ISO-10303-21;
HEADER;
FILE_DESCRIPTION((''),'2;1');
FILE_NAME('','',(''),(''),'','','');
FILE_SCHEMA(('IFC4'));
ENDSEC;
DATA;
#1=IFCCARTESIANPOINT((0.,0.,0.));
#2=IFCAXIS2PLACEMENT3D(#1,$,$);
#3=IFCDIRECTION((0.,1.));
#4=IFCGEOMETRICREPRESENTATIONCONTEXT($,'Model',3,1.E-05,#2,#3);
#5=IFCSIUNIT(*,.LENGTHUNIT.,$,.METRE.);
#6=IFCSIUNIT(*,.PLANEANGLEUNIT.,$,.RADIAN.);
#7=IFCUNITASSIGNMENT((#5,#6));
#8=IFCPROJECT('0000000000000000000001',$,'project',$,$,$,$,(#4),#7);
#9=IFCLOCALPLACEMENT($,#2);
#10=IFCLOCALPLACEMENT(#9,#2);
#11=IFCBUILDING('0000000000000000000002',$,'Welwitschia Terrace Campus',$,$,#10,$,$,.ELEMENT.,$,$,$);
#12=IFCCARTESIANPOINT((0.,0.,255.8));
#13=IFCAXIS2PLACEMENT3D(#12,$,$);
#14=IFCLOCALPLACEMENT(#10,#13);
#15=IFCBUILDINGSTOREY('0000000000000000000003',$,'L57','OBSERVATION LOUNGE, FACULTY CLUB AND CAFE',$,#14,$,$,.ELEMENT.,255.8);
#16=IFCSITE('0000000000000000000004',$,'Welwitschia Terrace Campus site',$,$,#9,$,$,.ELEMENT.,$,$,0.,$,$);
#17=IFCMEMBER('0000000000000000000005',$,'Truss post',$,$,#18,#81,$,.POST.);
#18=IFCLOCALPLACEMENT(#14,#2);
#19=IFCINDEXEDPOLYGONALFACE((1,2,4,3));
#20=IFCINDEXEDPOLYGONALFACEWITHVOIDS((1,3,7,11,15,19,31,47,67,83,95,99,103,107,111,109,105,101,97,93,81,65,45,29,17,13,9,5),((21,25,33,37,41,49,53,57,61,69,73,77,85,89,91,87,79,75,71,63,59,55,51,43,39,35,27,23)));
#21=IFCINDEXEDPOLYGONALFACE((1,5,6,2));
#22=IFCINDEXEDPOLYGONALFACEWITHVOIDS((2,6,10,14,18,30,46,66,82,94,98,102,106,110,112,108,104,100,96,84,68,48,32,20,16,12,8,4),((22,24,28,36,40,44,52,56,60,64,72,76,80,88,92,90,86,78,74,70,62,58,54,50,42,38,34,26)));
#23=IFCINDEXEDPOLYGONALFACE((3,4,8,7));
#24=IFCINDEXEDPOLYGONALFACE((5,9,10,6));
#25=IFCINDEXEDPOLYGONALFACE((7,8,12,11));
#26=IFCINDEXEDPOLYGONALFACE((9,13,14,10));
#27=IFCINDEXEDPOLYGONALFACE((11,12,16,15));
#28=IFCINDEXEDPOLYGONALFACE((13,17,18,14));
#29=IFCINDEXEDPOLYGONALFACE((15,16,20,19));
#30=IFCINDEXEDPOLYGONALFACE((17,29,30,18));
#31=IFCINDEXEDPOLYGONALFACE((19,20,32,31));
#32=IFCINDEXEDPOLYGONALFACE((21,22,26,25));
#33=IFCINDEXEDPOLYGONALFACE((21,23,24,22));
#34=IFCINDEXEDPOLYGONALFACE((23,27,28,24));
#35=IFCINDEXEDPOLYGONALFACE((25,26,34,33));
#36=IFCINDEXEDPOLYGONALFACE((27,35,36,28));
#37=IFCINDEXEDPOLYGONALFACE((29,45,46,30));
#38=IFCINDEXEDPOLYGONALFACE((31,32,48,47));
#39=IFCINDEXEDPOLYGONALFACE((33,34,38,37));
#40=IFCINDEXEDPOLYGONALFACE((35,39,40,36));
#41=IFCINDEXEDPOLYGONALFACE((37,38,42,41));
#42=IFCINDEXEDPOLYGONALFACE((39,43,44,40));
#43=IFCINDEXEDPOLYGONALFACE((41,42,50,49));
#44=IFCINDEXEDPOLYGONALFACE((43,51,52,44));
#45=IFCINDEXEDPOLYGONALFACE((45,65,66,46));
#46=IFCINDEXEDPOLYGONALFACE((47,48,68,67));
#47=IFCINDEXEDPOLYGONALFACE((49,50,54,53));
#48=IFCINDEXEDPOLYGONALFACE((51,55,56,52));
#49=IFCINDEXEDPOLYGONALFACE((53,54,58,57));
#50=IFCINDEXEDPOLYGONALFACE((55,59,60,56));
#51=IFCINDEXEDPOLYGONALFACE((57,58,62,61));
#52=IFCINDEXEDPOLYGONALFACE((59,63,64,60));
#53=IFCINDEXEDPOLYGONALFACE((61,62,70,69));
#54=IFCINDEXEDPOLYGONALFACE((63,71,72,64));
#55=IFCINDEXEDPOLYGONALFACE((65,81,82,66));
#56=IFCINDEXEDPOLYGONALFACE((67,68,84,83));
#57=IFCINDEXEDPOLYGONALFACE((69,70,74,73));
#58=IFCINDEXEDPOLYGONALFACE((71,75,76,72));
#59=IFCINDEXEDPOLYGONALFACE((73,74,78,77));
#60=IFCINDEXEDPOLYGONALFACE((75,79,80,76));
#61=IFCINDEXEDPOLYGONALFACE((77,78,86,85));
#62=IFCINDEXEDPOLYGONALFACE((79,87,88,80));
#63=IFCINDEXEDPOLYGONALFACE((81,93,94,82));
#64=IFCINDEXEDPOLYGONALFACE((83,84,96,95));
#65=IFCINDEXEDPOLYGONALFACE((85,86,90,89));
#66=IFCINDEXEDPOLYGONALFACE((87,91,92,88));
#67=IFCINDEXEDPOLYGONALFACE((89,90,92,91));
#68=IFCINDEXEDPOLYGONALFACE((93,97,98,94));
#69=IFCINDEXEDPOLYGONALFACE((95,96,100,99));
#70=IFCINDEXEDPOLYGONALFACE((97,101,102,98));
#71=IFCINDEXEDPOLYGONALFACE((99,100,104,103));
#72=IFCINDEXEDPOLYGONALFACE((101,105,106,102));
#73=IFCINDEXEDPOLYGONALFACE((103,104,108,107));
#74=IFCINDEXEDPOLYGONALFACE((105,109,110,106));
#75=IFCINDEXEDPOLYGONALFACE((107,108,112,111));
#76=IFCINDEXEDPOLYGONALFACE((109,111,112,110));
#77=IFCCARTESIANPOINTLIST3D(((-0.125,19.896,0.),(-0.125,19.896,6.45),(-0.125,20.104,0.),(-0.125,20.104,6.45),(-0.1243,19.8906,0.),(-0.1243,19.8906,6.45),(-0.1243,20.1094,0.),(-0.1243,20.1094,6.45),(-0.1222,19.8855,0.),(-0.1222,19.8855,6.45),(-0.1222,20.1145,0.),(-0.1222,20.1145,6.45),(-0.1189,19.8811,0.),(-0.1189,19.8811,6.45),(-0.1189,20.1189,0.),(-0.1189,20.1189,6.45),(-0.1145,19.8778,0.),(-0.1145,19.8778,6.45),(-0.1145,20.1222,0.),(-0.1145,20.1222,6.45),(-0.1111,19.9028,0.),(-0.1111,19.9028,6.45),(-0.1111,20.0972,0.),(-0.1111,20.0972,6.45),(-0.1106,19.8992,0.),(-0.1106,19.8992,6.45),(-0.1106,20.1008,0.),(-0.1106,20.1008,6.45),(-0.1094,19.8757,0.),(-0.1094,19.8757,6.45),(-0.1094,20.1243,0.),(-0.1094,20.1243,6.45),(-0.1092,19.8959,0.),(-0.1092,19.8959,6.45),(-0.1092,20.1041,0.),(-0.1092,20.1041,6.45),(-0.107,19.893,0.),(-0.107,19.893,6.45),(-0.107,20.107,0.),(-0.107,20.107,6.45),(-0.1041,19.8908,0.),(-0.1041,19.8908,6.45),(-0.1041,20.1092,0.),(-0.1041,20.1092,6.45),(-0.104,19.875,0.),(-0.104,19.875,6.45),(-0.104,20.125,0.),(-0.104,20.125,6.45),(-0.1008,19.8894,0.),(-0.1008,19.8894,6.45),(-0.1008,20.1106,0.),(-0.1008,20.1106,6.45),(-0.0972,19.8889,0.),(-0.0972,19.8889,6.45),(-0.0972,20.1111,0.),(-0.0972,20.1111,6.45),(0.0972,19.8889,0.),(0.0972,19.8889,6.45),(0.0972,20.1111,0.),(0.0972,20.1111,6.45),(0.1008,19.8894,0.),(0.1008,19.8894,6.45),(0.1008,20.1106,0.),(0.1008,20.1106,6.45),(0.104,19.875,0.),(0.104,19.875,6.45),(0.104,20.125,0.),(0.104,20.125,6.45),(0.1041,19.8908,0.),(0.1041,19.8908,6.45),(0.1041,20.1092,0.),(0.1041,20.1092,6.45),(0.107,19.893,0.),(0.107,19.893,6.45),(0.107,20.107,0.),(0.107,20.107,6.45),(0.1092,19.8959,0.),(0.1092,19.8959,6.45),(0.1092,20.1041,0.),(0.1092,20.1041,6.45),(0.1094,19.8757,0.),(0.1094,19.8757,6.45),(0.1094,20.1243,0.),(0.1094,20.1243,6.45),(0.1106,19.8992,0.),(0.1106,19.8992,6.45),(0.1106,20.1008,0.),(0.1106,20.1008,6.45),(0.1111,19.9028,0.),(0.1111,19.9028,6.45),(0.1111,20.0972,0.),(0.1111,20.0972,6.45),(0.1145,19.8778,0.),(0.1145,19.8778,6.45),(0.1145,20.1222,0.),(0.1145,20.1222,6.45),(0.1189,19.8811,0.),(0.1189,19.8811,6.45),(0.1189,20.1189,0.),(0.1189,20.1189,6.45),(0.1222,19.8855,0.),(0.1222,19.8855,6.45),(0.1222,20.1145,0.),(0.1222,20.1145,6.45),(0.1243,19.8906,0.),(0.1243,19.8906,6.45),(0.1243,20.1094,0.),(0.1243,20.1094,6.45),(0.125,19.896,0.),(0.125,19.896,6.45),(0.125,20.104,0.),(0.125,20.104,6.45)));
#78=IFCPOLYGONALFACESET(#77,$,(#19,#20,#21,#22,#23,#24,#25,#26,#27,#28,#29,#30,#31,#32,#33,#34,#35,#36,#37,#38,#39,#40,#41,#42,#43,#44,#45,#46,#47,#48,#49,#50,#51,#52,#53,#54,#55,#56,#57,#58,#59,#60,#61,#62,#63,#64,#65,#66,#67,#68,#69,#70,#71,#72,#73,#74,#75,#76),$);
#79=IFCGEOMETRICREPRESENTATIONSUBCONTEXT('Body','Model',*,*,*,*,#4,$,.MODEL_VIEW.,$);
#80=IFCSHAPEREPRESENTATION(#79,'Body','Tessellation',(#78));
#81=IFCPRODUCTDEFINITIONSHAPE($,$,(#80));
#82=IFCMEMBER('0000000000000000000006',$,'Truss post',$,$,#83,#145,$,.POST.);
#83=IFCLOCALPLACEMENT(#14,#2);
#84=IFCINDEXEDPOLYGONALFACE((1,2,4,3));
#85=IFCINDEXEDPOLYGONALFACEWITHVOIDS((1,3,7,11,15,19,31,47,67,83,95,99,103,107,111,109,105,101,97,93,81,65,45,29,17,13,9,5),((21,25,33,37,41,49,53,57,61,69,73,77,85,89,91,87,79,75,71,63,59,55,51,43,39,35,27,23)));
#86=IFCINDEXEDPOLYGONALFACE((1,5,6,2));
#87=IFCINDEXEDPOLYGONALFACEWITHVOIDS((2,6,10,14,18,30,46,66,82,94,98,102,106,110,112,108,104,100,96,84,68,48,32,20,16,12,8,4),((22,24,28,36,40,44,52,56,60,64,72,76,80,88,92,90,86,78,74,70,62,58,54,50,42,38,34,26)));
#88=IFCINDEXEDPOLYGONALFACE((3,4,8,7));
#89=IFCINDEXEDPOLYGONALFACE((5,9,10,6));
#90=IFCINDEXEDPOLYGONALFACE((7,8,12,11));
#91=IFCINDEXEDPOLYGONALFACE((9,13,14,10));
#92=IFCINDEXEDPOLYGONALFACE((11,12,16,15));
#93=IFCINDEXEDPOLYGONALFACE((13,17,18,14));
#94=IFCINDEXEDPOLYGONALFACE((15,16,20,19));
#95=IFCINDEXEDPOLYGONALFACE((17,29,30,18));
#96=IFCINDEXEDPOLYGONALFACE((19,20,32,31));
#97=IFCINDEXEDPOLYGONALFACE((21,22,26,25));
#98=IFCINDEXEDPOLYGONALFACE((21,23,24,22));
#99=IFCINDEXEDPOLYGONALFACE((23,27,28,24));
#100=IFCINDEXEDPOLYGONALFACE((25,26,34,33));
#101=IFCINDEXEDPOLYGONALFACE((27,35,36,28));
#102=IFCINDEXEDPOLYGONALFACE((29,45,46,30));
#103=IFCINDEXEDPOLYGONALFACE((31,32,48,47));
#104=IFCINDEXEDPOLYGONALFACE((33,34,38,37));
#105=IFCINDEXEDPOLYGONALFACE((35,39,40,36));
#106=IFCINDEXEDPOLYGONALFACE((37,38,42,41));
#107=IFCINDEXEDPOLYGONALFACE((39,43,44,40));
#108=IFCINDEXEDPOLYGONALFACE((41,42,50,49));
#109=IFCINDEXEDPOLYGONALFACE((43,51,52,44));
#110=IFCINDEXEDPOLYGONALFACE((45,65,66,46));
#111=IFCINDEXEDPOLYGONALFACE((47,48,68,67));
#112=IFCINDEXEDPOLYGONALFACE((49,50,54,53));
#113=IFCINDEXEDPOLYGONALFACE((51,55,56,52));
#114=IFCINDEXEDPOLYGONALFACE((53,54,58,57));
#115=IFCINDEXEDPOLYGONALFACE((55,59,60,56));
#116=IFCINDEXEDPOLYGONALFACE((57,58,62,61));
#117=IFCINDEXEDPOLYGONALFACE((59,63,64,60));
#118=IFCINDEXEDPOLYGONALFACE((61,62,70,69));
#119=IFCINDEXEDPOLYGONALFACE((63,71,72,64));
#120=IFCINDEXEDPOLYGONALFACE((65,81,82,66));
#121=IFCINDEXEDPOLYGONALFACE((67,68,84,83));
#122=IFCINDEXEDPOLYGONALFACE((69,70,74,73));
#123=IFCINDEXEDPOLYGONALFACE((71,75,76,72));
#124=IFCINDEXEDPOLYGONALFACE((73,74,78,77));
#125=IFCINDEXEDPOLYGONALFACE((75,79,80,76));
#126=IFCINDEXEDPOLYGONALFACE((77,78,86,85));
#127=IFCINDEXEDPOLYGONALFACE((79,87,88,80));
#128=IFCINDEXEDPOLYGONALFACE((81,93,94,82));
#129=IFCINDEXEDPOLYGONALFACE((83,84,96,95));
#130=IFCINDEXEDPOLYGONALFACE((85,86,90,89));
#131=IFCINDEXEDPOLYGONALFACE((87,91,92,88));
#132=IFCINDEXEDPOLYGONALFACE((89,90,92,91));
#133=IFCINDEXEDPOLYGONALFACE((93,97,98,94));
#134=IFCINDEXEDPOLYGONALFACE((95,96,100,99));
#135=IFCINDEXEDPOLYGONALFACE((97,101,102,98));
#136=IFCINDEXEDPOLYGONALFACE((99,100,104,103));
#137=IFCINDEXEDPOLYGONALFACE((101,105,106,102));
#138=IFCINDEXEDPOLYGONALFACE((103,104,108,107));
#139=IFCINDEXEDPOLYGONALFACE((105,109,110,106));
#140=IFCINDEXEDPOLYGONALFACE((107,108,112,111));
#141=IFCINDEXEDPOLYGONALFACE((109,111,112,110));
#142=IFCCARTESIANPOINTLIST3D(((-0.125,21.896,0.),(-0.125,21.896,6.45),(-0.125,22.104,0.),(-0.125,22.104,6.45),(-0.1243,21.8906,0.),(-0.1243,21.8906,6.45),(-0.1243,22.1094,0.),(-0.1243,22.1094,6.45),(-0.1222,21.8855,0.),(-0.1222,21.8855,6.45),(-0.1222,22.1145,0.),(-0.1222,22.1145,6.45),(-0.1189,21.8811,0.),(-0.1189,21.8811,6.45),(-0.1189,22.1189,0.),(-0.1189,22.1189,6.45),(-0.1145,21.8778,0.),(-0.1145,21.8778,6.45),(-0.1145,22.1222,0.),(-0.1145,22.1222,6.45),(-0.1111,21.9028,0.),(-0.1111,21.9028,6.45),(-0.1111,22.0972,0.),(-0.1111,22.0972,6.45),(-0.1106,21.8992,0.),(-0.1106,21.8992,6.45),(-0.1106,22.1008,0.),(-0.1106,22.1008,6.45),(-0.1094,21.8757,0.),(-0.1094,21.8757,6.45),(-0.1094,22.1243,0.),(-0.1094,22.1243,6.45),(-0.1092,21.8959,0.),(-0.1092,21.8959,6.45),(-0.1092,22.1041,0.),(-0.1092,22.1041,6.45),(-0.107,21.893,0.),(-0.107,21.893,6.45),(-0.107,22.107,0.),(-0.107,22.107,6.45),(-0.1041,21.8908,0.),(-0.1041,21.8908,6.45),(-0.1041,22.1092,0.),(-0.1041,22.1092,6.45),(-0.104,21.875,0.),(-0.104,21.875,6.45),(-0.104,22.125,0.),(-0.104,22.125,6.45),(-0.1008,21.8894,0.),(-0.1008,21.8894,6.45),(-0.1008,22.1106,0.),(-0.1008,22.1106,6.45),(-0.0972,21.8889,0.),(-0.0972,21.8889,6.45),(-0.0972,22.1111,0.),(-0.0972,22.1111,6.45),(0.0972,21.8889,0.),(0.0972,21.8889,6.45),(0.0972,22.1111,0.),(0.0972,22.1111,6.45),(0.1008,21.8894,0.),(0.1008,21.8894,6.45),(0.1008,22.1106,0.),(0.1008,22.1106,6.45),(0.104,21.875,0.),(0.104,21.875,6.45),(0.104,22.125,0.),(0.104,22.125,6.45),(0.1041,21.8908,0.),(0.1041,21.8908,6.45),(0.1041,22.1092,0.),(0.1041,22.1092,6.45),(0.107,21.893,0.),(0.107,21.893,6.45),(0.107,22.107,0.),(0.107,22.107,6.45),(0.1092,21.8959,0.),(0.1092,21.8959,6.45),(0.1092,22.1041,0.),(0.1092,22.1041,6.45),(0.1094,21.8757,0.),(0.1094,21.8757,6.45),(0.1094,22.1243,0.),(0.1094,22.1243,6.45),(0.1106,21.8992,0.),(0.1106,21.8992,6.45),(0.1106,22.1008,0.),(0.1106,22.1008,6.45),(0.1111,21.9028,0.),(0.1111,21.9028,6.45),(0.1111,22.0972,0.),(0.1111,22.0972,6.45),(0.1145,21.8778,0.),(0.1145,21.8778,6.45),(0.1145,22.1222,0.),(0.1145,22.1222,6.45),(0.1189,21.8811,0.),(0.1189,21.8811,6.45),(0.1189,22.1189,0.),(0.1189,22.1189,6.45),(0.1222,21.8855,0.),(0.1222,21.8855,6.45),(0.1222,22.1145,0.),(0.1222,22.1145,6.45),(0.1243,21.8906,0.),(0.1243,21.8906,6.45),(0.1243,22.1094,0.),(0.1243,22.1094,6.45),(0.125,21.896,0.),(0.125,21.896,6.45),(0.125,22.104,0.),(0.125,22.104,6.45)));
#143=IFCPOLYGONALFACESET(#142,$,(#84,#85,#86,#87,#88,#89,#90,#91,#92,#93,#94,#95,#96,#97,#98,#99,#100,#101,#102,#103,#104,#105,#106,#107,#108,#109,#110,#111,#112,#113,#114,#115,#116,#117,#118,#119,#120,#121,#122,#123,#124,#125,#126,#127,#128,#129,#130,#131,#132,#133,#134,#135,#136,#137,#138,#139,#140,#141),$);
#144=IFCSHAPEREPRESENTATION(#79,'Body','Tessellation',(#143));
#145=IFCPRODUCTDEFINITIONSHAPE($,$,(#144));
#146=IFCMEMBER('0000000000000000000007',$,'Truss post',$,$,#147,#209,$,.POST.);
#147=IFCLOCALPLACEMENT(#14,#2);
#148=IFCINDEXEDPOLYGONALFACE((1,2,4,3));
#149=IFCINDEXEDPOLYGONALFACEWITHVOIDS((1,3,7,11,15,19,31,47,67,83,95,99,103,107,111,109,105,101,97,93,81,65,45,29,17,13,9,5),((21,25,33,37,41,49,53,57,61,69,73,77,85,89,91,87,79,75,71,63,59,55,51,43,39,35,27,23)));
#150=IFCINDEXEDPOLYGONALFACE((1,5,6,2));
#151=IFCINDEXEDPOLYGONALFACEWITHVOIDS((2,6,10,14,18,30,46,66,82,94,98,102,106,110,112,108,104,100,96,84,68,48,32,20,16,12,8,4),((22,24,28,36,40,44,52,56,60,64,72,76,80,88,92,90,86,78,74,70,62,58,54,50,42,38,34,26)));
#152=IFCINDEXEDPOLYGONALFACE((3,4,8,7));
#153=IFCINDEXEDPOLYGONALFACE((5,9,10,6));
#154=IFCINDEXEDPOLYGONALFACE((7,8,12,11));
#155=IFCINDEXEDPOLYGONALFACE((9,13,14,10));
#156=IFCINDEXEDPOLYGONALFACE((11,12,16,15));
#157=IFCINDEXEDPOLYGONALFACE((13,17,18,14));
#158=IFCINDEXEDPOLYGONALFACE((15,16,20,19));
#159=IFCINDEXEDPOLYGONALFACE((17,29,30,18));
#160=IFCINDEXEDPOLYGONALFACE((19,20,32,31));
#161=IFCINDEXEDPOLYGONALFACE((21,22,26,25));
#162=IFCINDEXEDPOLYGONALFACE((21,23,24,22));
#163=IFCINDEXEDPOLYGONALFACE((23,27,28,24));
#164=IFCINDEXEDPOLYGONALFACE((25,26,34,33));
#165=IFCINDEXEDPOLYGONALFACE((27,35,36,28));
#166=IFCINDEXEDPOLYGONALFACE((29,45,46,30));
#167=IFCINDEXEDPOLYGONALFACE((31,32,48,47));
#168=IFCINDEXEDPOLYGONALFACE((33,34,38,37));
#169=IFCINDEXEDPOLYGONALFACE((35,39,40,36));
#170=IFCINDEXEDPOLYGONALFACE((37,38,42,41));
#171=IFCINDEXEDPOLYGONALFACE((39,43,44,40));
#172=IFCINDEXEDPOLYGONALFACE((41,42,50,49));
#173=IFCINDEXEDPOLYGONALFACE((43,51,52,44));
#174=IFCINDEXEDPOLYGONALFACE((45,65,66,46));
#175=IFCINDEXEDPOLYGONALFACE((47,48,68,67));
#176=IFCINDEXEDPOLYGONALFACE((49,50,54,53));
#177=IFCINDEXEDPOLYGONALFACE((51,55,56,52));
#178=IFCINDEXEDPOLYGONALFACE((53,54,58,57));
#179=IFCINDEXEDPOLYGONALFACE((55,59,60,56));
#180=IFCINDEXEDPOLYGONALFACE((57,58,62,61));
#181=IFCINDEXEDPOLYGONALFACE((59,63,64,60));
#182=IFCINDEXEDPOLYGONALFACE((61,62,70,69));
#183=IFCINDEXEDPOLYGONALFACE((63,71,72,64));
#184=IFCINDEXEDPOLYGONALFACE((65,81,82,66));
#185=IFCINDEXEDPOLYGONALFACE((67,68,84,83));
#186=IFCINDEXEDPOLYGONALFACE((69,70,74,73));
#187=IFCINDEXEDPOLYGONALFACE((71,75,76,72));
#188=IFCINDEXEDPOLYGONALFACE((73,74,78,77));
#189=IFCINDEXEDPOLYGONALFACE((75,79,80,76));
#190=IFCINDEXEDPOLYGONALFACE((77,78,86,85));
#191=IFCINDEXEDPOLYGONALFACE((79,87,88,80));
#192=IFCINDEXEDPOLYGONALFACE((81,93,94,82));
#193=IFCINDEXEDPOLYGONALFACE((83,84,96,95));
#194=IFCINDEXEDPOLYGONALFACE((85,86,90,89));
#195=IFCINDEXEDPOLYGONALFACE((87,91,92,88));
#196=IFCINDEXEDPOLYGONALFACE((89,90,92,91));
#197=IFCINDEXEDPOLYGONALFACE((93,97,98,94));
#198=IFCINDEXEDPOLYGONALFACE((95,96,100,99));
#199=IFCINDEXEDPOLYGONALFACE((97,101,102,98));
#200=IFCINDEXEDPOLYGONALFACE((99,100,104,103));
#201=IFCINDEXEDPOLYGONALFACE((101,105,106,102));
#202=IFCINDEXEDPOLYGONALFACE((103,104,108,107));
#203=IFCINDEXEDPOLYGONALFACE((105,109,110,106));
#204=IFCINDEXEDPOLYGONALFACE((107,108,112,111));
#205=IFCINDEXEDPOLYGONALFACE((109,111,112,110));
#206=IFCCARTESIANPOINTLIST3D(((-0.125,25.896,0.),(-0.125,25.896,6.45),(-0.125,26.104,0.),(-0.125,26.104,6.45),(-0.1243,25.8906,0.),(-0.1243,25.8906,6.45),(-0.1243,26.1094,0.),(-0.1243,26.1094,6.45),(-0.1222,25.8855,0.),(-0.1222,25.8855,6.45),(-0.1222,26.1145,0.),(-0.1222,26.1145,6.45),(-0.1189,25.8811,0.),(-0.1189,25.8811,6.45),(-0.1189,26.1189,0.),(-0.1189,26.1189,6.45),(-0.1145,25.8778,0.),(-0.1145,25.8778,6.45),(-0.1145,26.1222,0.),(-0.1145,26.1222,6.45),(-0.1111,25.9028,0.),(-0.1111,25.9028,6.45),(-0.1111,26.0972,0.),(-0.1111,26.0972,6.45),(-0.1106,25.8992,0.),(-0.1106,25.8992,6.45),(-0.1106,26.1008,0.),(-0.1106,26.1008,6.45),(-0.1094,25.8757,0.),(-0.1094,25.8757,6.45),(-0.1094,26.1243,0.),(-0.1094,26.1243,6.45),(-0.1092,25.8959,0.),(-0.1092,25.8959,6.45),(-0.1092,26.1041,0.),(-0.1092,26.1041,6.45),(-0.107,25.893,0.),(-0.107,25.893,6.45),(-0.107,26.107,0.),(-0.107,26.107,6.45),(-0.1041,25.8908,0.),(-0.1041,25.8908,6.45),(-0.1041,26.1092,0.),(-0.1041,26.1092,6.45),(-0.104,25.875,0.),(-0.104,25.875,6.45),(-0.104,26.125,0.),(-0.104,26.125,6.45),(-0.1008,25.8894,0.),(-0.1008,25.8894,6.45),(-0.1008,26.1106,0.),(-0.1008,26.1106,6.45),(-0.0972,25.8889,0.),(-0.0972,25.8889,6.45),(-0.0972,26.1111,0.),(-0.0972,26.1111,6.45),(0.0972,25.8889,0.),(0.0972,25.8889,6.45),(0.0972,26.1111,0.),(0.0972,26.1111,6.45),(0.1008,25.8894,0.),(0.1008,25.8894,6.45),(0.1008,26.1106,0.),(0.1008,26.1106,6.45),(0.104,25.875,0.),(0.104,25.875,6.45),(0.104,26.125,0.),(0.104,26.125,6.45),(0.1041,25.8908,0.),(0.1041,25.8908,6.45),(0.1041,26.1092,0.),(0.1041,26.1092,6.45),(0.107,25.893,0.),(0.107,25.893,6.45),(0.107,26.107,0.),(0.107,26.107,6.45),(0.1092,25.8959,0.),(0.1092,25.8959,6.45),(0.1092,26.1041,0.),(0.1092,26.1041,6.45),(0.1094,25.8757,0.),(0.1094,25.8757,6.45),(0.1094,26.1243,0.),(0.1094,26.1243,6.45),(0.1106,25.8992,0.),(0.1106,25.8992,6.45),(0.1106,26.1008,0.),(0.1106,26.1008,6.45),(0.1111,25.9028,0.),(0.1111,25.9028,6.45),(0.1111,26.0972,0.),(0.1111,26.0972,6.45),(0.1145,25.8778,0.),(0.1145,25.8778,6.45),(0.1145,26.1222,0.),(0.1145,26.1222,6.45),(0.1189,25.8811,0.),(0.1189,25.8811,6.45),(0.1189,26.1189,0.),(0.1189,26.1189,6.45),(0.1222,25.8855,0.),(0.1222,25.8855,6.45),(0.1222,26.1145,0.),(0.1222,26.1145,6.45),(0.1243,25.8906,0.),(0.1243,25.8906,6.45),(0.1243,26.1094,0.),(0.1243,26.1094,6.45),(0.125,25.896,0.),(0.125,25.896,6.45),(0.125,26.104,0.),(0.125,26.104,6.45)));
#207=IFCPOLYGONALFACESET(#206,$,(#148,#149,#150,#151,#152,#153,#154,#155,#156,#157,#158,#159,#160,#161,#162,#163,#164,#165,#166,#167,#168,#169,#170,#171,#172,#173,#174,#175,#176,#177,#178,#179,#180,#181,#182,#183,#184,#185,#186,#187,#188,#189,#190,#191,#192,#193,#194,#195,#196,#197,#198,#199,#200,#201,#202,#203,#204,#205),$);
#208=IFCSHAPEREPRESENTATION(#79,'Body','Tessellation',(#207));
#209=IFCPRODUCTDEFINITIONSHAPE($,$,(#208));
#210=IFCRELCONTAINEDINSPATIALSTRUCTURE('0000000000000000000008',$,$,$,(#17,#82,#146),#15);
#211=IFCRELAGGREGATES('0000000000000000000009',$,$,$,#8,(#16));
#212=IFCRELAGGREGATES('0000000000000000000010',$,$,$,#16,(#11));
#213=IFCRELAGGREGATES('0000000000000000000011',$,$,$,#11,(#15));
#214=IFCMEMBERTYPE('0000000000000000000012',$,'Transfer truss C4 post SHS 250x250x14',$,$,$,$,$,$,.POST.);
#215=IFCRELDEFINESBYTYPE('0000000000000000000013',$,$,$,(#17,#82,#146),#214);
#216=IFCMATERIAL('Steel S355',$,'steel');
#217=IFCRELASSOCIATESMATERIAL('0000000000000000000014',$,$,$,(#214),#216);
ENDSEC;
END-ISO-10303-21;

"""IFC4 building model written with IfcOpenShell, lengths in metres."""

from ifc_helpers import new_model, si_unit, direction, frame, origin, origin_2d, place, context, subcontext, project, spatial, hollow_rectangle, extrude, material, material_profile, profile_set, type_object, element, save


model = new_model("IFC4")

# Units and contexts
model_context = context("Model", 3, precision=1e-05, world=origin(), true_north=direction((0.0, 1.0)))
body_context = subcontext(model_context, "Body", "Model", "MODEL_VIEW")
ifc_project = project(units=[si_unit("LENGTHUNIT", "METRE"), si_unit("PLANEANGLEUNIT", "RADIAN")], contexts=[model_context])

# Site, building, storey
site_placement = place(None, origin())
site = spatial("IfcSite", under=ifc_project, at=site_placement, Name="Welwitschia Terrace Campus site", CompositionType="ELEMENT", RefElevation=0.0)
building_placement = place(site_placement, origin())
building = spatial("IfcBuilding", under=site, at=building_placement, Name="Welwitschia Terrace Campus", CompositionType="ELEMENT")
storey_placement = place(building_placement, frame((0.0, 0.0, 255.8)))
storey = spatial("IfcBuildingStorey", under=building, at=storey_placement, Name="L57", Description="OBSERVATION LOUNGE, FACULTY CLUB AND CAFE", CompositionType="ELEMENT", Elevation=255.8)

# Members
ifc_material_1 = material(Name="Steel S355", Category="steel")
ifc_material_profile_1 = material_profile(ifc_material_1, hollow_rectangle(XDim=0.25, YDim=0.25, WallThickness=0.0139, InnerFilletRadius=0.0139, OuterFilletRadius=0.021, at=origin_2d()))
ifc_profile_set_1 = profile_set([ifc_material_profile_1], Name="Steel S355")
member_type_1 = type_object("IfcMemberType", Name="Transfer truss C4 post SHS 250x250x14", PredefinedType="POST", material=ifc_profile_set_1)
for number, where, z_axis, x_axis, name in (
    (1, (0.0, 20.0, 0.0), (0.0, 0.0, 1.0), (1.0, 0.0, 0.0), "Truss post"),
    (2, (0.0, 22.0, 0.0), (0.0, 0.0, 1.0), (1.0, 0.0, 0.0), "Truss post"),
    (3, (0.0, 26.0, 0.0), (0.0, 0.0, 1.0), (1.0, 0.0, 0.0), "Truss post"),
):
    element("IfcMember", number, at=place(storey_placement, frame(where, z_axis=z_axis, x_axis=x_axis)), inside=storey, type_object=member_type_1, Name=name, PredefinedType="POST", context=body_context, shape_type="SweptSolid", body=[
        extrude(hollow_rectangle(XDim=0.25, YDim=0.25, WallThickness=0.0139, InnerFilletRadius=0.0139, OuterFilletRadius=0.021, at=origin_2d()), origin(), (0.0, 0.0, 1.0), 6.45),
    ])

save(model, "model.ifc")
